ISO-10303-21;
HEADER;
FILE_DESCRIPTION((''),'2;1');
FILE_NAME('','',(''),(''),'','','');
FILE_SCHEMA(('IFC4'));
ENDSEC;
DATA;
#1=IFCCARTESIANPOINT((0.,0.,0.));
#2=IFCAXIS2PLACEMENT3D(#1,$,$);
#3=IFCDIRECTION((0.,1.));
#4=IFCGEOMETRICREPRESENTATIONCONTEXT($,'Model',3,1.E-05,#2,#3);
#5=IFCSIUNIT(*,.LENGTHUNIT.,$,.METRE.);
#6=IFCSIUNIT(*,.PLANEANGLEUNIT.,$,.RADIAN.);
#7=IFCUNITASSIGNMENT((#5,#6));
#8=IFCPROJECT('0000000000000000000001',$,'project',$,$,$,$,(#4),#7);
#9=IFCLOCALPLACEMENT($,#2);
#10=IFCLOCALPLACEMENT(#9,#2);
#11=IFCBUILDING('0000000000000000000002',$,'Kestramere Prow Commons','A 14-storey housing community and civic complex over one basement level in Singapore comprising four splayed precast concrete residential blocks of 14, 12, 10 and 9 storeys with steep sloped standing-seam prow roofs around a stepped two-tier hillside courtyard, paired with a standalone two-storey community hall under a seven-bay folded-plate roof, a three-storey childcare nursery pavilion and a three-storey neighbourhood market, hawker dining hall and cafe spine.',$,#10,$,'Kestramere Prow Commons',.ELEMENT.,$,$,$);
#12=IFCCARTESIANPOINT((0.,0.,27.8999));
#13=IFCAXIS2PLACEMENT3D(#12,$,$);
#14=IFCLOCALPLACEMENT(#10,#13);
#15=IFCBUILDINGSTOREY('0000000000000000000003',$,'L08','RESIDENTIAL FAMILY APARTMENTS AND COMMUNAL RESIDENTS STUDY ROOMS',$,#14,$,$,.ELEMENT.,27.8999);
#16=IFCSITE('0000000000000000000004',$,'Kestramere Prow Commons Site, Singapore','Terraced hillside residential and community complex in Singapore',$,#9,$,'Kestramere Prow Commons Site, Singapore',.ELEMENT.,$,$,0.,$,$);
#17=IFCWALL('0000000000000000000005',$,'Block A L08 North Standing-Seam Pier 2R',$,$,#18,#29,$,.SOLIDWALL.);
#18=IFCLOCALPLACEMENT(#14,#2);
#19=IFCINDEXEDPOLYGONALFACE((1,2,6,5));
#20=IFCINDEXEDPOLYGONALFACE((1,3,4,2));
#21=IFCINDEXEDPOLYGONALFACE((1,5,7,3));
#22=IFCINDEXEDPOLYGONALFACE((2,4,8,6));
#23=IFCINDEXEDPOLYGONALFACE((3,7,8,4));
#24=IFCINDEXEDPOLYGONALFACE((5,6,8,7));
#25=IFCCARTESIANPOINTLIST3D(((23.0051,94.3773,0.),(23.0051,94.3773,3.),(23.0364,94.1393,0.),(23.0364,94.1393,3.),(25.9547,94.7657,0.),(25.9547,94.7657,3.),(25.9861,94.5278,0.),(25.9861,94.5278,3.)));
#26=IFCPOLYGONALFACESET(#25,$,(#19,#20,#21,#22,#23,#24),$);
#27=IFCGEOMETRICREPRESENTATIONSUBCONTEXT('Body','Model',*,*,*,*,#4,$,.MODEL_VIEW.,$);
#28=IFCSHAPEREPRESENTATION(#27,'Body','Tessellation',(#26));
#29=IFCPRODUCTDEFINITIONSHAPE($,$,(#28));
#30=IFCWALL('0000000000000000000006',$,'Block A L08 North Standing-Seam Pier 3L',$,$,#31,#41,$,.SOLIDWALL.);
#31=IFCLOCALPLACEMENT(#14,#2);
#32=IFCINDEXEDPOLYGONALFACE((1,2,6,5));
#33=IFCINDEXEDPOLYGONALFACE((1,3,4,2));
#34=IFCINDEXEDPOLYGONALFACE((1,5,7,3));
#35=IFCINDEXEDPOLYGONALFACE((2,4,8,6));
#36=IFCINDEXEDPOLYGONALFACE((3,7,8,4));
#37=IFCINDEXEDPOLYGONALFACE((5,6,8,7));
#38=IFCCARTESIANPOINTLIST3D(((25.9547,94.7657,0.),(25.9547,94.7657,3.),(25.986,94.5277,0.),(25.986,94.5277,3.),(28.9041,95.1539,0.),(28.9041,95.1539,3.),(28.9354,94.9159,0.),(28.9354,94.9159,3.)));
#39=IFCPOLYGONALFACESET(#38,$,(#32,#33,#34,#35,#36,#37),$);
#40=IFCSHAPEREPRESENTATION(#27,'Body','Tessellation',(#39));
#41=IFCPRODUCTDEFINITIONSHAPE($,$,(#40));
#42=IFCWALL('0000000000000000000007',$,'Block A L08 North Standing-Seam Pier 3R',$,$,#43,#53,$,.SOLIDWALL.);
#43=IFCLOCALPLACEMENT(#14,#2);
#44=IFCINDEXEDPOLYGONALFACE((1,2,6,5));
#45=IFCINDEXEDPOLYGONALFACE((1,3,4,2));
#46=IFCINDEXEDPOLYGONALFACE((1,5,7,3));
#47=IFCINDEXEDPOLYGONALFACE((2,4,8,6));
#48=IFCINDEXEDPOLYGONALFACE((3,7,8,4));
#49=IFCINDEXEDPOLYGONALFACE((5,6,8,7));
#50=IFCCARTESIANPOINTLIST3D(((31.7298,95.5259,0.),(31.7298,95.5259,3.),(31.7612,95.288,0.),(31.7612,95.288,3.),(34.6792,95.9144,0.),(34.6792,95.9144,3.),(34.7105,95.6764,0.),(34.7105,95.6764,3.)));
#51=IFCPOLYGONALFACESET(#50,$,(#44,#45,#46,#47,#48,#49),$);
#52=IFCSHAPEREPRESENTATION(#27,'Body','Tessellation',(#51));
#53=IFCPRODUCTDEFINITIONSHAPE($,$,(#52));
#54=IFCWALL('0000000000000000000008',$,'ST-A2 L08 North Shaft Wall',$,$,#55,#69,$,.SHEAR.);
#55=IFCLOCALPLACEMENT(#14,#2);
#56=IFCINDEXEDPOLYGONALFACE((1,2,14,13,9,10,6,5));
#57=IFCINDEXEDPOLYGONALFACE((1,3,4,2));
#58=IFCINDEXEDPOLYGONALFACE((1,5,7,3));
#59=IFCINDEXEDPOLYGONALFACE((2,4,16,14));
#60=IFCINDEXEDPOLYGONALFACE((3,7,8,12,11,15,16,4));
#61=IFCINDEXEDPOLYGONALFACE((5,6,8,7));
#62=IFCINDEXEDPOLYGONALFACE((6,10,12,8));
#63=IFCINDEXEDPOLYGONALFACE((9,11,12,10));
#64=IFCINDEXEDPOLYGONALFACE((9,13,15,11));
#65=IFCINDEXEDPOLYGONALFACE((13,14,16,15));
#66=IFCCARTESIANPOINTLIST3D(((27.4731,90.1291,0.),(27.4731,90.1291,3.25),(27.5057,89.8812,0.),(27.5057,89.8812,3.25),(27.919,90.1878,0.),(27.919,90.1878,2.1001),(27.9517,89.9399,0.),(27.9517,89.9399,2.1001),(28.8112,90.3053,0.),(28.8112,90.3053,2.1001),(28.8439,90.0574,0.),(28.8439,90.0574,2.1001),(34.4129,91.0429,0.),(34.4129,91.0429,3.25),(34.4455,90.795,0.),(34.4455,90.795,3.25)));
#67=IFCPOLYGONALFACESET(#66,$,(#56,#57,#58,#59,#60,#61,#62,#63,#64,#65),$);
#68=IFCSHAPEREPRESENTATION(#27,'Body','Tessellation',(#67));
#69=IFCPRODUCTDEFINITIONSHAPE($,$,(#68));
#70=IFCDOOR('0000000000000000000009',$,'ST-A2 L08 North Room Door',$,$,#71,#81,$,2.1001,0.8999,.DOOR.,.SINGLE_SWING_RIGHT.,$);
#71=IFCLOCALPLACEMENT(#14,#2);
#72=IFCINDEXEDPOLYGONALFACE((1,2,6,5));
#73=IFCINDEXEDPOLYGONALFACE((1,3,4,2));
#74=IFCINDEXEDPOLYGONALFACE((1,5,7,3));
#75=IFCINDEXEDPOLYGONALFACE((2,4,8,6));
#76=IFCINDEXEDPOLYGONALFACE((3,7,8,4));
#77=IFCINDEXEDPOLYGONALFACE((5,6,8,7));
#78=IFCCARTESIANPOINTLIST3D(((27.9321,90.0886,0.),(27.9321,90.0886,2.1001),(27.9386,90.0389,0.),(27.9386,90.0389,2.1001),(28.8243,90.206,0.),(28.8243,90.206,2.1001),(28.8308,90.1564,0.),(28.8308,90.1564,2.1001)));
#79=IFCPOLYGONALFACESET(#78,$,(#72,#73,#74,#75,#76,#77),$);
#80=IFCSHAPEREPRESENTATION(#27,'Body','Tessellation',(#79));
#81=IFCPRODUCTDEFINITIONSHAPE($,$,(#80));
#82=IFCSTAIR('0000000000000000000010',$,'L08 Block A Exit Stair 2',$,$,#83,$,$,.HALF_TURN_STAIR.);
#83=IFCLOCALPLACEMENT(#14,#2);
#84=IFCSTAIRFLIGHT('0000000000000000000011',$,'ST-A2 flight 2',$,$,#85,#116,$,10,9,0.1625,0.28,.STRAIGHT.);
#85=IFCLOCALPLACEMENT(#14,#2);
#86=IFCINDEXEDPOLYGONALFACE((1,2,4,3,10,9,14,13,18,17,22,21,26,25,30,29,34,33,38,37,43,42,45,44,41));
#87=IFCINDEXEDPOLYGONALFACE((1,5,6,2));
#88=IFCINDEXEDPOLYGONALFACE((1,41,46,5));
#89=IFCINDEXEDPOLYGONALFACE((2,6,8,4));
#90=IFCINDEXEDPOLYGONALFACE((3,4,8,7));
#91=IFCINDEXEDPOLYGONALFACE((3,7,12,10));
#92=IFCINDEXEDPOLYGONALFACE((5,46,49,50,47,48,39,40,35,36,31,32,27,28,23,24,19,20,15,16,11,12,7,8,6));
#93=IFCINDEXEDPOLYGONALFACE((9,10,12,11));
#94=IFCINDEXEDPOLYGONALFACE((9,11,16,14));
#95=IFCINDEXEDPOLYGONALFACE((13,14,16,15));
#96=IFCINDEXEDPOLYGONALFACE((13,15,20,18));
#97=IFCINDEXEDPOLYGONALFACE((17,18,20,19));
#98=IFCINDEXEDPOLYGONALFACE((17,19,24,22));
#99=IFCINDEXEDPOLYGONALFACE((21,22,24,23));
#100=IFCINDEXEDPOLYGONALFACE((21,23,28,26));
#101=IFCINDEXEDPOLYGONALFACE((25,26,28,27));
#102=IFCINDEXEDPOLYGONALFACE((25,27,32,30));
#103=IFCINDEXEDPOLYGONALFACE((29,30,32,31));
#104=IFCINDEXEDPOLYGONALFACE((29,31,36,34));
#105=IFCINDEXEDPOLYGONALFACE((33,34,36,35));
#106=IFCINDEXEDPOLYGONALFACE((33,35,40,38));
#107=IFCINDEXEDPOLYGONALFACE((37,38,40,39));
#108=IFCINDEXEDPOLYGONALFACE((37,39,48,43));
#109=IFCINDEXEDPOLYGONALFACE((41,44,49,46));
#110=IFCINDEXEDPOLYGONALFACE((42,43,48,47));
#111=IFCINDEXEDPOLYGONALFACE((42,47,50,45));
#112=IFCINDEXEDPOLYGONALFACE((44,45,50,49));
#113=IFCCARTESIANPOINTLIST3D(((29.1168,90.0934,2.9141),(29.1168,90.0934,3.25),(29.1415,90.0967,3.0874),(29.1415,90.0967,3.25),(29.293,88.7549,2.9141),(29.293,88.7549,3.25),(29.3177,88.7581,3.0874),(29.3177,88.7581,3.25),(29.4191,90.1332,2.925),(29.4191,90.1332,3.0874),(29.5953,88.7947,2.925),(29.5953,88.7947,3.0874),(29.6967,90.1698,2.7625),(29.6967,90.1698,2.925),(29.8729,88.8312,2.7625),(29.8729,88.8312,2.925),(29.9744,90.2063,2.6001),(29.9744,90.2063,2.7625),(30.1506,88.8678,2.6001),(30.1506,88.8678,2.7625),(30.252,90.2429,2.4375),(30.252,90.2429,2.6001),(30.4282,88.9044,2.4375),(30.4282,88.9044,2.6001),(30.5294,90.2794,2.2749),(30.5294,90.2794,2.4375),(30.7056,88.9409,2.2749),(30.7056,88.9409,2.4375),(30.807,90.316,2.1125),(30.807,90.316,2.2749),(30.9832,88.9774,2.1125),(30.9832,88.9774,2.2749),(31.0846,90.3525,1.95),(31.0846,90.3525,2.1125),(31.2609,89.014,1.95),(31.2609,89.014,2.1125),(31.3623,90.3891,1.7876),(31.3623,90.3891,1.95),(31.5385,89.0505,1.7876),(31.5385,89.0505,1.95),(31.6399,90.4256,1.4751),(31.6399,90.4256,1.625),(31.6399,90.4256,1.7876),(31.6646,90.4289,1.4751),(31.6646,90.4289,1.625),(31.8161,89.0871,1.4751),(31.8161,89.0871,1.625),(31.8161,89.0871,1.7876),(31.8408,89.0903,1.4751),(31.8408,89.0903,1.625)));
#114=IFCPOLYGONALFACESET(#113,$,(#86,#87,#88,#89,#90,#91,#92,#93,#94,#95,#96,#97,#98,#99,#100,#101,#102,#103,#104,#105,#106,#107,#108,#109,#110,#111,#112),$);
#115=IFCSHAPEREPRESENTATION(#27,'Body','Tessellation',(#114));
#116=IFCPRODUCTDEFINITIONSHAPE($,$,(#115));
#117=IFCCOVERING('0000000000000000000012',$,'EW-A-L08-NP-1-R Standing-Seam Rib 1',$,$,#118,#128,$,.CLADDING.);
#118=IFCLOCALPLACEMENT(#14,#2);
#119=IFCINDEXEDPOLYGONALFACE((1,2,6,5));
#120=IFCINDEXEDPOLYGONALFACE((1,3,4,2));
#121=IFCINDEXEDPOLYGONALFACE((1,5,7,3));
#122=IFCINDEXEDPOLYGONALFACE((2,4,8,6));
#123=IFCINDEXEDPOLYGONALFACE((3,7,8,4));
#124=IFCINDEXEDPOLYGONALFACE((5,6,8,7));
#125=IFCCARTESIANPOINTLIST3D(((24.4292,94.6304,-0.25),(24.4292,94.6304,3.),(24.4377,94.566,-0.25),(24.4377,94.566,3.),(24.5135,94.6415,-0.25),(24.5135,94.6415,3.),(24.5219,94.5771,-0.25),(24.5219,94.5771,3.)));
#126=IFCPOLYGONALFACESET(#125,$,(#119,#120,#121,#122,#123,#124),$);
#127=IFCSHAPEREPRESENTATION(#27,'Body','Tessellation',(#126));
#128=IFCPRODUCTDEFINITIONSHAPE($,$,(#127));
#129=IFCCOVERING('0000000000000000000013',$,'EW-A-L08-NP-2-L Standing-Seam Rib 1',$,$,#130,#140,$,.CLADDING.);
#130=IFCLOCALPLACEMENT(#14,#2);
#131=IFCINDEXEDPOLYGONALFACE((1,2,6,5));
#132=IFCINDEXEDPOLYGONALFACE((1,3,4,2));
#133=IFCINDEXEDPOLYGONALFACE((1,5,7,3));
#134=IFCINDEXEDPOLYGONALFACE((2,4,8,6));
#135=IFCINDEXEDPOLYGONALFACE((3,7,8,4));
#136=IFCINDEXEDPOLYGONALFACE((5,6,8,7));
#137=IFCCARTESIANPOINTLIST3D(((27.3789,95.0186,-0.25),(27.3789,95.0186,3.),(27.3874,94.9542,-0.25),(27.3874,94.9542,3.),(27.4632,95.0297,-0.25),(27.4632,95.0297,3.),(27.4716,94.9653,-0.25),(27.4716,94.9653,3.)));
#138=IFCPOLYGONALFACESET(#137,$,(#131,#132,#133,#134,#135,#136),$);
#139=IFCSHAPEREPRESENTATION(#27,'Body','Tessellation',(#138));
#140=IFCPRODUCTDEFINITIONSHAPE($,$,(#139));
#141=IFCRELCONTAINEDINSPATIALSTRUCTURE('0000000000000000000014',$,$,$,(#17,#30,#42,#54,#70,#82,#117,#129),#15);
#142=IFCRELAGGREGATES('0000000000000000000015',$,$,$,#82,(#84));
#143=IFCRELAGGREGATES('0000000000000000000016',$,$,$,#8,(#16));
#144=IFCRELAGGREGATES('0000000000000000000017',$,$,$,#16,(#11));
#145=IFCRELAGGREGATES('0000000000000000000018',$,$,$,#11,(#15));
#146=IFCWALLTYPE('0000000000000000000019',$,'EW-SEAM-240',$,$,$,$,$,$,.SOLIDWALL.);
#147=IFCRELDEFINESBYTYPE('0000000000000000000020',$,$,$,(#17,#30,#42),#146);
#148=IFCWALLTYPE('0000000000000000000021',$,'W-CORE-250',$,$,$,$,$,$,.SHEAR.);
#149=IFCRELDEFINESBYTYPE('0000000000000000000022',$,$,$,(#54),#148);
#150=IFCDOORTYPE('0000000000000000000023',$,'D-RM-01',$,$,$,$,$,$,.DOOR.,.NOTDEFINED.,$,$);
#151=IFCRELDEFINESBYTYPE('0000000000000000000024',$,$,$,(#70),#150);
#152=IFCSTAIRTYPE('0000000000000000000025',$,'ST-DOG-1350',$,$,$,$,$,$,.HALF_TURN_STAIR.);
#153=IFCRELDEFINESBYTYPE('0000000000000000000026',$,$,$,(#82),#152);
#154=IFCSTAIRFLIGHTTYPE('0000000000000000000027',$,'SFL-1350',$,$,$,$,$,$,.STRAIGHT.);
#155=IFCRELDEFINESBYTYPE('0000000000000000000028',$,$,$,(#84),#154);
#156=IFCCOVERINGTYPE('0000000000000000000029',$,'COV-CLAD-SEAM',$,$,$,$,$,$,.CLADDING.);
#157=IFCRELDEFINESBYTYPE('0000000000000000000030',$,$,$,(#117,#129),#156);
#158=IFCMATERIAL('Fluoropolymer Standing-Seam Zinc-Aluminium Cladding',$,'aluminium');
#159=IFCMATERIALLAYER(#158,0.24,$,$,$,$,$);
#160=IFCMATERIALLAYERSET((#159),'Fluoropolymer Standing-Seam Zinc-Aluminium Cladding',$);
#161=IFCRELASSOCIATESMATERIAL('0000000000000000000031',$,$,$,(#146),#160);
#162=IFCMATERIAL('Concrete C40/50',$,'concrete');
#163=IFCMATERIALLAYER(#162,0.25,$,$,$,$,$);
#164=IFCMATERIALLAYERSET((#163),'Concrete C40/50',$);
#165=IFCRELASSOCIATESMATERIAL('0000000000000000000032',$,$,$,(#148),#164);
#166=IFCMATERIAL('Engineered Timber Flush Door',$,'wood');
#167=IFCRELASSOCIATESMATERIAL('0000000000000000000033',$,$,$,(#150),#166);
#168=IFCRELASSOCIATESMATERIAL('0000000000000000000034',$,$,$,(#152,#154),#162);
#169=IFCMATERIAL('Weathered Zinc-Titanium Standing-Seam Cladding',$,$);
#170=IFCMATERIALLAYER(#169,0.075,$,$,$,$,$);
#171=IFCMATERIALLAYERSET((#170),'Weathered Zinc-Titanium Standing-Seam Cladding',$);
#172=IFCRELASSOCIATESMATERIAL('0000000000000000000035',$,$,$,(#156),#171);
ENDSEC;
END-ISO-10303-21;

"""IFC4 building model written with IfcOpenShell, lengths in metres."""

from ifc_helpers import new_model, si_unit, direction, frame, frame_2d, origin, origin_2d, place, context, subcontext, project, spatial, polyline, rectangle, outline, extrude, material, layer, layer_set, type_object, element, fill, aggregate, save


model = new_model("IFC4")

# Units and contexts
model_context = context("Model", 3, precision=1e-05, world=origin(), true_north=direction((0.0, 1.0)))
body_context = subcontext(model_context, "Body", "Model", "MODEL_VIEW")
ifc_project = project(units=[si_unit("LENGTHUNIT", "METRE"), si_unit("PLANEANGLEUNIT", "RADIAN")], contexts=[model_context])

# Site, building, storey
site_placement = place(None, origin())
site = spatial("IfcSite", under=ifc_project, at=site_placement, Name="Kestramere Prow Commons Site, Singapore", Description="Terraced hillside residential and community complex in Singapore", LongName="Kestramere Prow Commons Site, Singapore", CompositionType="ELEMENT", RefElevation=0.0)
building_placement = place(site_placement, origin())
building = spatial("IfcBuilding", under=site, at=building_placement, Name="Kestramere Prow Commons", Description="A 14-storey housing community and civic complex over one basement level in Singapore comprising four splayed precast concrete residential blocks of 14, 12, 10 and 9 storeys with steep sloped standing-seam prow roofs around a stepped two-tier hillside courtyard, paired with a standalone two-storey community hall under a seven-bay folded-plate roof, a three-storey childcare nursery pavilion and a three-storey neighbourhood market, hawker dining hall and cafe spine.", LongName="Kestramere Prow Commons", CompositionType="ELEMENT")
storey_placement = place(building_placement, frame((0.0, 0.0, 27.8999)))
storey = spatial("IfcBuildingStorey", under=building, at=storey_placement, Name="L08", Description="RESIDENTIAL FAMILY APARTMENTS AND COMMUNAL RESIDENTS STUDY ROOMS", CompositionType="ELEMENT", Elevation=27.8999)

# Walls
ifc_material_1 = material(Name="Fluoropolymer Standing-Seam Zinc-Aluminium Cladding", Category="aluminium")
ifc_layer_1 = layer(ifc_material_1, 0.24)
ifc_layer_set_1 = layer_set([ifc_layer_1], Name="Fluoropolymer Standing-Seam Zinc-Aluminium Cladding")
wall_type_1 = type_object("IfcWallType", Name="EW-SEAM-240", PredefinedType="SOLIDWALL", material=ifc_layer_set_1)
wall_1_placement = place(storey_placement, frame((23.0208, 94.2583, 0.0), z_axis=(0.0, 0.0, 1.0), x_axis=(0.991441, 0.130556, 0.0)))
element("IfcWall", 1, at=wall_1_placement, inside=storey, type_object=wall_type_1, Name="Block A L08 North Standing-Seam Pier 2R", PredefinedType="SOLIDWALL", context=body_context, shape_type="SweptSolid", body=[
    extrude(rectangle(XDim=2.9751, YDim=0.24, at=frame_2d((1.4875, 0.0))), origin(), (0.0, 0.0, 1.0), 3.0),
])
for number, where, z_axis, x_axis, name in (
    (2, (25.9705, 94.6467, 0.0), (0.0, 0.0, 1.0), (0.99145, 0.130486, 0.0), "Block A L08 North Standing-Seam Pier 3L"),
    (3, (31.7456, 95.407, 0.0), (0.0, 0.0, 1.0), (0.991439, 0.130567, 0.0), "Block A L08 North Standing-Seam Pier 3R"),
):
    element("IfcWall", number, at=place(storey_placement, frame(where, z_axis=z_axis, x_axis=x_axis)), inside=storey, type_object=wall_type_1, Name=name, PredefinedType="SOLIDWALL", context=body_context, shape_type="SweptSolid", body=[
        extrude(rectangle(XDim=2.9749, YDim=0.24, at=frame_2d((1.4873, 0.0))), origin(), (0.0, 0.0, 1.0), 3.0),
    ])

# Wall, opening, door
ifc_material_2 = material(Name="Concrete C40/50", Category="concrete")
ifc_layer_2 = layer(ifc_material_2, 0.25)
ifc_layer_set_2 = layer_set([ifc_layer_2], Name="Concrete C40/50")
wall_type_2 = type_object("IfcWallType", Name="W-CORE-250", PredefinedType="SHEAR", material=ifc_layer_set_2)
wall_2_placement = place(storey_placement, frame((27.4893, 90.0051, 0.0), z_axis=(0.0, 0.0, 1.0), x_axis=(0.991442, 0.130548, 0.0)))
wall_2 = element("IfcWall", 4, at=wall_2_placement, inside=storey, type_object=wall_type_2, Name="ST-A2 L08 North Shaft Wall", PredefinedType="SHEAR", context=body_context, shape_type="SweptSolid", body=[
    extrude(rectangle(XDim=6.9998, YDim=0.25, at=frame_2d((3.5, 0.0))), origin(), (0.0, 0.0, 1.0), 3.25),
])
opening_placement = place(wall_2_placement, frame((0.45, 0.0, 0.0)))
opening = element("IfcOpeningElement", 5, at=opening_placement, cuts=wall_2, PredefinedType="OPENING", context=body_context, shape_type="SweptSolid", body=[
    extrude(rectangle(XDim=0.8999, YDim=2.1001, at=frame_2d((0.45, 1.05))), frame((0.0, 0.1399, 0.0), z_axis=(0.0, -1.0, 0.0), x_axis=(1.0, 0.0, 0.0)), (0.0, 0.0, 1.0), 0.28),
])
ifc_material_3 = material(Name="Engineered Timber Flush Door", Category="wood")
door_type = type_object("IfcDoorType", Name="D-RM-01", OperationType="NOTDEFINED", PredefinedType="DOOR", material=ifc_material_3)
door_placement = place(opening_placement, origin())
door = element("IfcDoor", 6, at=door_placement, inside=storey, type_object=door_type, Name="ST-A2 L08 North Room Door", OperationType="SINGLE_SWING_RIGHT", OverallHeight=2.1001, OverallWidth=0.8999, PredefinedType="DOOR", context=body_context, shape_type="SweptSolid", body=[
    extrude(rectangle(XDim=0.8999, YDim=2.1001, at=frame_2d((0.45, 1.05))), frame((0.0, 0.0249, 0.0), z_axis=(0.0, -1.0, 0.0), x_axis=(1.0, 0.0, 0.0)), (0.0, 0.0, 1.0), 0.05),
])
fill(opening, door)

# Stair, stair flight
stair_type = type_object("IfcStairType", Name="ST-DOG-1350", PredefinedType="HALF_TURN_STAIR", material=ifc_material_2)
stair_placement = place(storey_placement, origin())
stair = element("IfcStair", 7, at=stair_placement, inside=storey, type_object=stair_type, Name="L08 Block A Exit Stair 2", PredefinedType="HALF_TURN_STAIR")
stair_flight_type = type_object("IfcStairFlightType", Name="SFL-1350", PredefinedType="STRAIGHT", material=ifc_material_2)
stair_flight_placement = place(storey_placement, frame((31.728, 89.7563, 1.625), z_axis=(0.0, 0.0, 1.0), x_axis=(-0.991445, -0.130526, 0.0)))
stair_flight = element("IfcStairFlight", 8, at=stair_flight_placement, type_object=stair_flight_type, Name="ST-A2 flight 2", NumberOfRisers=10, NumberOfTreads=9, PredefinedType="STRAIGHT", RiserHeight=0.1625, TreadLength=0.28, context=body_context, shape_type="SweptSolid", body=[
    extrude(outline(polyline([(-0.0249, 0.0), (0.0, 0.0), (0.0, 0.1626), (0.28, 0.1626), (0.28, 0.325), (0.5601, 0.325), (0.5601, 0.4875), (0.8401, 0.4875), (0.8401, 0.6499), (1.1201, 0.6499), (1.1201, 0.8125), (1.3999, 0.8125), (1.3999, 0.9751), (1.6799, 0.9751), (1.6799, 1.1375), (1.96, 1.1375), (1.96, 1.3), (2.24, 1.3), (2.24, 1.4624), (2.52, 1.4624), (2.52, 1.625), (2.5449, 1.625), (2.5449, 1.2891), (0.0, -0.1499), (-0.0249, -0.1499), (-0.0249, 0.0)])), frame((0.0, 0.675, 0.0), z_axis=(0.0, -1.0, 0.0), x_axis=(1.0, 0.0, 0.0)), (0.0, 0.0, 1.0), 1.3501),
])
aggregate(stair, [stair_flight])

# Coverings
ifc_material_4 = material(Name="Weathered Zinc-Titanium Standing-Seam Cladding")
ifc_layer_3 = layer(ifc_material_4, 0.075)
ifc_layer_set_3 = layer_set([ifc_layer_3], Name="Weathered Zinc-Titanium Standing-Seam Cladding")
covering_type = type_object("IfcCoveringType", Name="COV-CLAD-SEAM", PredefinedType="CLADDING", material=ifc_layer_set_3)
for number, where, z_axis, x_axis, name in (
    (9, (24.4756, 94.6038, -0.25), (0.0, 0.0, 1.0), (0.991445, 0.130526, 0.0), "EW-A-L08-NP-1-R Standing-Seam Rib 1"),
    (10, (27.4253, 94.9919, -0.25), (0.0, 0.0, 1.0), (0.991445, 0.130526, 0.0), "EW-A-L08-NP-2-L Standing-Seam Rib 1"),
):
    element("IfcCovering", number, at=place(storey_placement, frame(where, z_axis=z_axis, x_axis=x_axis)), inside=storey, type_object=covering_type, Name=name, PredefinedType="CLADDING", context=body_context, shape_type="SweptSolid", body=[
        extrude(rectangle(XDim=0.085, YDim=0.0649, at=origin_2d()), origin(), (0.0, 0.0, 1.0), 3.25),
    ])

save(model, "model.ifc")
